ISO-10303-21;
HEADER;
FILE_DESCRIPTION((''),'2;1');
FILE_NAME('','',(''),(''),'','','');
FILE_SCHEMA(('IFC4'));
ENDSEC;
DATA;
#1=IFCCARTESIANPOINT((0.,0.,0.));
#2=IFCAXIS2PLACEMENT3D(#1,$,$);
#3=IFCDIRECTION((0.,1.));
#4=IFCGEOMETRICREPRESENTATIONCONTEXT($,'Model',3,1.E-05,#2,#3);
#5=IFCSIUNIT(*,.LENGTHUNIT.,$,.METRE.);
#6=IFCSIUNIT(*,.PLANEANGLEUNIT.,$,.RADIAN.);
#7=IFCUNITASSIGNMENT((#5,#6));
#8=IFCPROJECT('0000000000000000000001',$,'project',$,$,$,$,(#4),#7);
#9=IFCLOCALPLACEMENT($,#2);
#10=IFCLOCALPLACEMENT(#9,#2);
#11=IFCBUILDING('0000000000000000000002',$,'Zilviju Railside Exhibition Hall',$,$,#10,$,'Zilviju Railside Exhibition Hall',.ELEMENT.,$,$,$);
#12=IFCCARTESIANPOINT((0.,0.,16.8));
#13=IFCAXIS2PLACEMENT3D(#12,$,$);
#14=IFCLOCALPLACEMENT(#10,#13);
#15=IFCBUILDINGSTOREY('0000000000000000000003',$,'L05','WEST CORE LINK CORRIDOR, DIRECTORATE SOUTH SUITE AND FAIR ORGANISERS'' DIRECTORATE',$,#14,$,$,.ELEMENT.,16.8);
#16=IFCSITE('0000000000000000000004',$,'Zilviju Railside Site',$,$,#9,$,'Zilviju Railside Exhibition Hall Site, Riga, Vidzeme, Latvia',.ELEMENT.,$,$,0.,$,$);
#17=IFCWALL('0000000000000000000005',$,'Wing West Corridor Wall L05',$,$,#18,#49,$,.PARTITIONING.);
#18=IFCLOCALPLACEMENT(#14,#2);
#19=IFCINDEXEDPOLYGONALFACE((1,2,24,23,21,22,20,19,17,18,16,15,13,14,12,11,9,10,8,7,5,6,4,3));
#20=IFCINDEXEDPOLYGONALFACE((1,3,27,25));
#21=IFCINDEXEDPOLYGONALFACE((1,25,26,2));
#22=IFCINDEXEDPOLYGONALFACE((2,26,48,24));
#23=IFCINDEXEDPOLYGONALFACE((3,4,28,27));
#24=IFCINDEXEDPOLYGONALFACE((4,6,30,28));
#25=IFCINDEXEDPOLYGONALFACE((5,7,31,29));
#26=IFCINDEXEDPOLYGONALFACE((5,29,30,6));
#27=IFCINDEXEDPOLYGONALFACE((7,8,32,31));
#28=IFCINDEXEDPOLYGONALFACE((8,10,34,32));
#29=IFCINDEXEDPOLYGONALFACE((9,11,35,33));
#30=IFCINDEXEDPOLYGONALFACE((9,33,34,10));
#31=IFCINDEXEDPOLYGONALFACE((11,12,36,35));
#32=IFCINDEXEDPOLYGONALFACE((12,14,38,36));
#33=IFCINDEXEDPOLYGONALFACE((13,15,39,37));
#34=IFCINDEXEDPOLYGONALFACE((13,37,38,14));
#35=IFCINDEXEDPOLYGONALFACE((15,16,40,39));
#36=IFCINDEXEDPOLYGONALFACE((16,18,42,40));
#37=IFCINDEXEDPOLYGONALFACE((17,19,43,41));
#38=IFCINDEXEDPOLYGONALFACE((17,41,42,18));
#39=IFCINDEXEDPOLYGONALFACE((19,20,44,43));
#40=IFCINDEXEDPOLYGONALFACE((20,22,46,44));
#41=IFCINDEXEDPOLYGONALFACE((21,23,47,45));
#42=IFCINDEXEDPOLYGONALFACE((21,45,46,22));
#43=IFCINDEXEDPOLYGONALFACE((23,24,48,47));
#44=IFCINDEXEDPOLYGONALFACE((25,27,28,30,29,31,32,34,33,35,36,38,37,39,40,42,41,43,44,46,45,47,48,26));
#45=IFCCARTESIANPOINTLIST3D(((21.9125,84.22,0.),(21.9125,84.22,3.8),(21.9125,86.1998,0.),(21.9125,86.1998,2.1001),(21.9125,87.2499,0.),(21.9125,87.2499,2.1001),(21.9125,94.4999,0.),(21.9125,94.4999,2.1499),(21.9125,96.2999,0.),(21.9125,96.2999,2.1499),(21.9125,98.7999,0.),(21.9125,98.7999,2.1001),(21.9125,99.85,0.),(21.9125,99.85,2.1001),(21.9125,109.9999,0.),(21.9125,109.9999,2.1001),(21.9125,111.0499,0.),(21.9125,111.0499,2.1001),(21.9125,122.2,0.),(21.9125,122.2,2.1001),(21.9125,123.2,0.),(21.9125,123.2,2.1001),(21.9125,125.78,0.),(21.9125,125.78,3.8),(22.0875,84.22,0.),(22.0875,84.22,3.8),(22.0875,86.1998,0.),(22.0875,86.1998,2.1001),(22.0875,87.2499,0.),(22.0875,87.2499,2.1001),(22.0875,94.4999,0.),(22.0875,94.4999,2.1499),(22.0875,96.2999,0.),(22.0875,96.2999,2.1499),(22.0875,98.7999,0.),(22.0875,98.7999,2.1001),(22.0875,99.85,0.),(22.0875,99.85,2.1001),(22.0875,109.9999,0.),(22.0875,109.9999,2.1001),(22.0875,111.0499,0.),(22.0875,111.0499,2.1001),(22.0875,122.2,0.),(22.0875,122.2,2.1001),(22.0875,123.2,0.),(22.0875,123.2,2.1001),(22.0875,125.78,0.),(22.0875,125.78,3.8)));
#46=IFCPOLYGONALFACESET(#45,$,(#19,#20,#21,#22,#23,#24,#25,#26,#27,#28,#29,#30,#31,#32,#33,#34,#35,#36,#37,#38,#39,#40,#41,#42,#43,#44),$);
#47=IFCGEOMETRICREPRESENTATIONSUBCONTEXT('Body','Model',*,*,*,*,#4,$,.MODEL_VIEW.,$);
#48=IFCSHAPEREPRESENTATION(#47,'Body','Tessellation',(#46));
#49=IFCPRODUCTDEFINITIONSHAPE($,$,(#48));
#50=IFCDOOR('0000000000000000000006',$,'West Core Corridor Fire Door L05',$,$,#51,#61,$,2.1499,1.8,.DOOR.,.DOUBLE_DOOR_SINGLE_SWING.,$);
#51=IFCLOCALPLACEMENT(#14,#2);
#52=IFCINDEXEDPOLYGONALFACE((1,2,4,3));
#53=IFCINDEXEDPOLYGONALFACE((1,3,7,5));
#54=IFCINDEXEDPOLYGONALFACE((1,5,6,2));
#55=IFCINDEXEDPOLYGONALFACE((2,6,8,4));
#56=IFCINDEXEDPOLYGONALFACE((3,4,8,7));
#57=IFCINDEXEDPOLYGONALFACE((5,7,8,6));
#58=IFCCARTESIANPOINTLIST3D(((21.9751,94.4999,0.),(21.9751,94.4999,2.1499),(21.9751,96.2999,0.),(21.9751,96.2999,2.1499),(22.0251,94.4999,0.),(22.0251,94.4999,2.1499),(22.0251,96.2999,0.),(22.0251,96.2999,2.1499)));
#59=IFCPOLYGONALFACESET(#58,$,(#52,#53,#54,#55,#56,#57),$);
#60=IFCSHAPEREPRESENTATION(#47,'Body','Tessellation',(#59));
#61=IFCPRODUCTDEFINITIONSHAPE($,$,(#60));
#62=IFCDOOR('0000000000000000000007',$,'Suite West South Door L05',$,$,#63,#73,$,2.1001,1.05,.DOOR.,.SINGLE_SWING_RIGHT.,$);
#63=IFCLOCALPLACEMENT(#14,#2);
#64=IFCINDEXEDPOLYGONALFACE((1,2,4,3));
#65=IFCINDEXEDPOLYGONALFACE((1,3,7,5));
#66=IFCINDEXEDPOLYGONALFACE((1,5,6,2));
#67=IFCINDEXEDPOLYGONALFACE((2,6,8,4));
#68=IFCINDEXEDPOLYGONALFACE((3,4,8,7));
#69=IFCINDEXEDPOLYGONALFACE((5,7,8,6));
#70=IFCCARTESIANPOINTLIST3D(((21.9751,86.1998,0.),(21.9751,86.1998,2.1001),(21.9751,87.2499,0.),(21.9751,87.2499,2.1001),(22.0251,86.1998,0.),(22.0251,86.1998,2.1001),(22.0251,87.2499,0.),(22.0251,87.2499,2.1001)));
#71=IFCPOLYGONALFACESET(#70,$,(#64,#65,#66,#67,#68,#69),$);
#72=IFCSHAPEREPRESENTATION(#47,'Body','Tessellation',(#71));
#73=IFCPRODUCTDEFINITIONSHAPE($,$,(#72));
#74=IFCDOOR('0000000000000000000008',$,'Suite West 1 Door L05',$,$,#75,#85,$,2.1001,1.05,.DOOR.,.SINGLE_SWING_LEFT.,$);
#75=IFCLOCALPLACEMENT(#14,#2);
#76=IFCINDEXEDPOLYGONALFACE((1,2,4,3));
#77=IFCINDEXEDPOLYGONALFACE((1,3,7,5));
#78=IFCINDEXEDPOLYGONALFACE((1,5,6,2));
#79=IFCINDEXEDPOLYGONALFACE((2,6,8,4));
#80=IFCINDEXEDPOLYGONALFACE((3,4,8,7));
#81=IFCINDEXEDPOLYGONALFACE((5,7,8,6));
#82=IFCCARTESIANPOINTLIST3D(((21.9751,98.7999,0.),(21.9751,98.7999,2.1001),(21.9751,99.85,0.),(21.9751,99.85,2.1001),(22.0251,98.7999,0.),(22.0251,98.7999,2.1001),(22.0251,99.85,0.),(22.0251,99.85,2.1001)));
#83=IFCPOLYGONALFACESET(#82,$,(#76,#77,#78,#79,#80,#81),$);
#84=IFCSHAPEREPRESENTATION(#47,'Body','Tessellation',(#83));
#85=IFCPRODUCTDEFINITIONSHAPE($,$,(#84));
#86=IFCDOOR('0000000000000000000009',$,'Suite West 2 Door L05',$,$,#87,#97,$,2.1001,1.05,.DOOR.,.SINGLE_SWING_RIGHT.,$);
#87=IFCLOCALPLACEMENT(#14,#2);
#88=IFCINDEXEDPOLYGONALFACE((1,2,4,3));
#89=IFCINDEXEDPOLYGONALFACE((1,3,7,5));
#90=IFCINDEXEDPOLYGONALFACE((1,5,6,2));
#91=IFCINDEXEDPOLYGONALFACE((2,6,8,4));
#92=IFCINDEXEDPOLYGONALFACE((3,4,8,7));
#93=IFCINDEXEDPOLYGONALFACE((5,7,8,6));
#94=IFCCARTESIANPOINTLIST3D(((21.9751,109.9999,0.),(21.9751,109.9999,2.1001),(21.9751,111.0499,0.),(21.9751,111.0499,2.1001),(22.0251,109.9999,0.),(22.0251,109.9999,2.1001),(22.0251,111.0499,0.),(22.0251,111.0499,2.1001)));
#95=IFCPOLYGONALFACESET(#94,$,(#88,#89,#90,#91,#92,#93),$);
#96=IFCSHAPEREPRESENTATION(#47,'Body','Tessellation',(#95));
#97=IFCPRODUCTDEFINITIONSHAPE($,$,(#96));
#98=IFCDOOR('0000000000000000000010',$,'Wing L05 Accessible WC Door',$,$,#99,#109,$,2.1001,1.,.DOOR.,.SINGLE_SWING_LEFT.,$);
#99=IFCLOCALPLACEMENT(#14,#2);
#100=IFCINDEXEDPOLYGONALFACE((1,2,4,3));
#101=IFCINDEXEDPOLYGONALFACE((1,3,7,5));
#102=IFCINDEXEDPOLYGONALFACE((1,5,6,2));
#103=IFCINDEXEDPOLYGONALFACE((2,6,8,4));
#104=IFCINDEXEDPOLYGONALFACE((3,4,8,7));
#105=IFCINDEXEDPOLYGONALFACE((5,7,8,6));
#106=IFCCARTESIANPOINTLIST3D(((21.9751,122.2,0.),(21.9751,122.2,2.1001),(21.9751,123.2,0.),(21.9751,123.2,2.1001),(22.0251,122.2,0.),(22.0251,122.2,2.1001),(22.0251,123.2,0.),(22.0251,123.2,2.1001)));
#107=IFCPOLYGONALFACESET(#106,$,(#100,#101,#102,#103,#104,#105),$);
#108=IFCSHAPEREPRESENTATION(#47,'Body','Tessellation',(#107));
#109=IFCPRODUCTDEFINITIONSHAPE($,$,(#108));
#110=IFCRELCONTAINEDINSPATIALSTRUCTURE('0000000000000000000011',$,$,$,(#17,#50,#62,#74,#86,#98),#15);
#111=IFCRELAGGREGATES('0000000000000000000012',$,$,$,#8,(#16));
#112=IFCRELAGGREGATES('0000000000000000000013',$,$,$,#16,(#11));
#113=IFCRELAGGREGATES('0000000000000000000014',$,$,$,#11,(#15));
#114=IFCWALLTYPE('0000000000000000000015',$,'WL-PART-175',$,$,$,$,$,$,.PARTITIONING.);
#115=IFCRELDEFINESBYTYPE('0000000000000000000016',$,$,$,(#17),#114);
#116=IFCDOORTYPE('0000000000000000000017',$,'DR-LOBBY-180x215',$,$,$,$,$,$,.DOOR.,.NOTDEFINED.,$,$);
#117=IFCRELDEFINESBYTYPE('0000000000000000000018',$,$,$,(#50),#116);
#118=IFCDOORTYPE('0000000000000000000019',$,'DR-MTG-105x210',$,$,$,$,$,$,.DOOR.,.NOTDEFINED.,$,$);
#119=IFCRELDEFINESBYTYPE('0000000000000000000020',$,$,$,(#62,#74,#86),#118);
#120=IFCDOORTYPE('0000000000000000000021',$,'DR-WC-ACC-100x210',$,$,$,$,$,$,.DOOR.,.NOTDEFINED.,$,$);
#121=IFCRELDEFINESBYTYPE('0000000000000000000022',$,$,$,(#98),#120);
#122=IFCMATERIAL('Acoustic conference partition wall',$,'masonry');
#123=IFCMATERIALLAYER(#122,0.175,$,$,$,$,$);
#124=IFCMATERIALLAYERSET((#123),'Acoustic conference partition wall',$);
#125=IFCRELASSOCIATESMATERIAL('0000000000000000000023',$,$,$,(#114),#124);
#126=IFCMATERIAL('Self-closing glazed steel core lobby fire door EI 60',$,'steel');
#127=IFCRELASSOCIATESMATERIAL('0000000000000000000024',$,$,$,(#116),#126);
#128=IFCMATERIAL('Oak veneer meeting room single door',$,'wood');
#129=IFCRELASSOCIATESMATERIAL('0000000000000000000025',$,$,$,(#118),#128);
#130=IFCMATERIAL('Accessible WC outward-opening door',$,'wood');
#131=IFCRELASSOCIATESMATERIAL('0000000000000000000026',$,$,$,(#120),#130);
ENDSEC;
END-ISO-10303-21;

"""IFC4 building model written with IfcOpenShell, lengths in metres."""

from ifc_helpers import new_model, si_unit, direction, frame, frame_2d, origin, place, context, subcontext, project, spatial, rectangle, extrude, material, layer, layer_set, type_object, element, fill, save


model = new_model("IFC4")

# Units and contexts
model_context = context("Model", 3, precision=1e-05, world=origin(), true_north=direction((0.0, 1.0)))
body_context = subcontext(model_context, "Body", "Model", "MODEL_VIEW")
ifc_project = project(units=[si_unit("LENGTHUNIT", "METRE"), si_unit("PLANEANGLEUNIT", "RADIAN")], contexts=[model_context])

# Site, building, storey
site_placement = place(None, origin())
site = spatial("IfcSite", under=ifc_project, at=site_placement, Name="Zilviju Railside Site", LongName="Zilviju Railside Exhibition Hall Site, Riga, Vidzeme, Latvia", CompositionType="ELEMENT", RefElevation=0.0)
building_placement = place(site_placement, origin())
building = spatial("IfcBuilding", under=site, at=building_placement, Name="Zilviju Railside Exhibition Hall", LongName="Zilviju Railside Exhibition Hall", CompositionType="ELEMENT")
storey_placement = place(building_placement, frame((0.0, 0.0, 16.8)))
storey = spatial("IfcBuildingStorey", under=building, at=storey_placement, Name="L05", Description="WEST CORE LINK CORRIDOR, DIRECTORATE SOUTH SUITE AND FAIR ORGANISERS' DIRECTORATE", CompositionType="ELEMENT", Elevation=16.8)

# Wall, openings, doors
ifc_material_1 = material(Name="Acoustic conference partition wall", Category="masonry")
ifc_layer_1 = layer(ifc_material_1, 0.175)
ifc_layer_set_1 = layer_set([ifc_layer_1], Name="Acoustic conference partition wall")
wall_type_1 = type_object("IfcWallType", Name="WL-PART-175", PredefinedType="PARTITIONING", material=ifc_layer_set_1)
wall_1_placement = place(storey_placement, frame((22.0, 84.22, 0.0), z_axis=(0.0, 0.0, 1.0), x_axis=(0.0, 1.0, 0.0)))
wall_1 = element("IfcWall", 1, at=wall_1_placement, inside=storey, type_object=wall_type_1, Name="Wing West Corridor Wall L05", PredefinedType="PARTITIONING", context=body_context, shape_type="SweptSolid", body=[
    extrude(rectangle(XDim=41.5601, YDim=0.175, at=frame_2d((20.78, 0.0))), origin(), (0.0, 0.0, 1.0), 3.8),
])
opening_1_placement = place(wall_1_placement, frame((1.98, 0.0, 0.0)))
opening_1 = element("IfcOpeningElement", 2, at=opening_1_placement, cuts=wall_1, PredefinedType="OPENING", context=body_context, shape_type="SweptSolid", body=[
    extrude(rectangle(XDim=1.05, YDim=2.1001, at=frame_2d((0.5249, 1.05))), frame((0.0, 0.0974, 0.0), z_axis=(0.0, -1.0, 0.0), x_axis=(1.0, 0.0, 0.0)), (0.0, 0.0, 1.0), 0.1951),
])
opening_2_placement = place(wall_1_placement, frame((10.28, 0.0, 0.0)))
opening_2 = element("IfcOpeningElement", 3, at=opening_2_placement, cuts=wall_1, PredefinedType="OPENING", context=body_context, shape_type="SweptSolid", body=[
    extrude(rectangle(XDim=1.8, YDim=2.1499, at=frame_2d((0.8999, 1.075))), frame((0.0, 0.0974, 0.0), z_axis=(0.0, -1.0, 0.0), x_axis=(1.0, 0.0, 0.0)), (0.0, 0.0, 1.0), 0.1951),
])
opening_3_placement = place(wall_1_placement, frame((14.5801, 0.0, 0.0)))
opening_3 = element("IfcOpeningElement", 4, at=opening_3_placement, cuts=wall_1, PredefinedType="OPENING", context=body_context, shape_type="SweptSolid", body=[
    extrude(rectangle(XDim=1.05, YDim=2.1001, at=frame_2d((0.5249, 1.05))), frame((0.0, 0.0974, 0.0), z_axis=(0.0, -1.0, 0.0), x_axis=(1.0, 0.0, 0.0)), (0.0, 0.0, 1.0), 0.1951),
])
opening_4_placement = place(wall_1_placement, frame((25.78, 0.0, 0.0)))
opening_4 = element("IfcOpeningElement", 5, at=opening_4_placement, cuts=wall_1, PredefinedType="OPENING", context=body_context, shape_type="SweptSolid", body=[
    extrude(rectangle(XDim=1.05, YDim=2.1001, at=frame_2d((0.5249, 1.05))), frame((0.0, 0.0974, 0.0), z_axis=(0.0, -1.0, 0.0), x_axis=(1.0, 0.0, 0.0)), (0.0, 0.0, 1.0), 0.1951),
])
opening_5_placement = place(wall_1_placement, frame((37.98, 0.0, 0.0)))
opening_5 = element("IfcOpeningElement", 6, at=opening_5_placement, cuts=wall_1, PredefinedType="OPENING", context=body_context, shape_type="SweptSolid", body=[
    extrude(rectangle(XDim=1.0, YDim=2.1001, at=frame_2d((0.5, 1.05))), frame((0.0, 0.0974, 0.0), z_axis=(0.0, -1.0, 0.0), x_axis=(1.0, 0.0, 0.0)), (0.0, 0.0, 1.0), 0.1951),
])
ifc_material_2 = material(Name="Self-closing glazed steel core lobby fire door EI 60", Category="steel")
door_type_1 = type_object("IfcDoorType", Name="DR-LOBBY-180x215", OperationType="NOTDEFINED", PredefinedType="DOOR", material=ifc_material_2)
door_1_placement = place(opening_2_placement, origin())
door_1 = element("IfcDoor", 7, at=door_1_placement, inside=storey, type_object=door_type_1, Name="West Core Corridor Fire Door L05", OperationType="DOUBLE_DOOR_SINGLE_SWING", OverallHeight=2.1499, OverallWidth=1.8, PredefinedType="DOOR", context=body_context, shape_type="SweptSolid", body=[
    extrude(rectangle(XDim=1.8, YDim=2.1499, at=frame_2d((0.8999, 1.075))), frame((0.0, 0.0249, 0.0), z_axis=(0.0, -1.0, 0.0), x_axis=(1.0, 0.0, 0.0)), (0.0, 0.0, 1.0), 0.05),
])
fill(opening_2, door_1)
ifc_material_3 = material(Name="Oak veneer meeting room single door", Category="wood")
door_type_2 = type_object("IfcDoorType", Name="DR-MTG-105x210", OperationType="NOTDEFINED", PredefinedType="DOOR", material=ifc_material_3)
door_2_placement = place(opening_1_placement, origin())
door_2 = element("IfcDoor", 8, at=door_2_placement, inside=storey, type_object=door_type_2, Name="Suite West South Door L05", OperationType="SINGLE_SWING_RIGHT", OverallHeight=2.1001, OverallWidth=1.05, PredefinedType="DOOR", context=body_context, shape_type="SweptSolid", body=[
    extrude(rectangle(XDim=1.05, YDim=2.1001, at=frame_2d((0.5249, 1.05))), frame((0.0, 0.0249, 0.0), z_axis=(0.0, -1.0, 0.0), x_axis=(1.0, 0.0, 0.0)), (0.0, 0.0, 1.0), 0.05),
])
fill(opening_1, door_2)
door_3_placement = place(opening_3_placement, origin())
door_3 = element("IfcDoor", 9, at=door_3_placement, inside=storey, type_object=door_type_2, Name="Suite West 1 Door L05", OperationType="SINGLE_SWING_LEFT", OverallHeight=2.1001, OverallWidth=1.05, PredefinedType="DOOR", context=body_context, shape_type="SweptSolid", body=[
    extrude(rectangle(XDim=1.05, YDim=2.1001, at=frame_2d((0.5249, 1.05))), frame((0.0, 0.0249, 0.0), z_axis=(0.0, -1.0, 0.0), x_axis=(1.0, 0.0, 0.0)), (0.0, 0.0, 1.0), 0.05),
])
fill(opening_3, door_3)
door_4_placement = place(opening_4_placement, origin())
door_4 = element("IfcDoor", 10, at=door_4_placement, inside=storey, type_object=door_type_2, Name="Suite West 2 Door L05", OperationType="SINGLE_SWING_RIGHT", OverallHeight=2.1001, OverallWidth=1.05, PredefinedType="DOOR", context=body_context, shape_type="SweptSolid", body=[
    extrude(rectangle(XDim=1.05, YDim=2.1001, at=frame_2d((0.5249, 1.05))), frame((0.0, 0.0249, 0.0), z_axis=(0.0, -1.0, 0.0), x_axis=(1.0, 0.0, 0.0)), (0.0, 0.0, 1.0), 0.05),
])
fill(opening_4, door_4)
ifc_material_4 = material(Name="Accessible WC outward-opening door", Category="wood")
door_type_3 = type_object("IfcDoorType", Name="DR-WC-ACC-100x210", OperationType="NOTDEFINED", PredefinedType="DOOR", material=ifc_material_4)
door_5_placement = place(opening_5_placement, origin())
door_5 = element("IfcDoor", 11, at=door_5_placement, inside=storey, type_object=door_type_3, Name="Wing L05 Accessible WC Door", OperationType="SINGLE_SWING_LEFT", OverallHeight=2.1001, OverallWidth=1.0, PredefinedType="DOOR", context=body_context, shape_type="SweptSolid", body=[
    extrude(rectangle(XDim=1.0, YDim=2.1001, at=frame_2d((0.5, 1.05))), frame((0.0, 0.0249, 0.0), z_axis=(0.0, -1.0, 0.0), x_axis=(1.0, 0.0, 0.0)), (0.0, 0.0, 1.0), 0.05),
])
fill(opening_5, door_5)

save(model, "model.ifc")
